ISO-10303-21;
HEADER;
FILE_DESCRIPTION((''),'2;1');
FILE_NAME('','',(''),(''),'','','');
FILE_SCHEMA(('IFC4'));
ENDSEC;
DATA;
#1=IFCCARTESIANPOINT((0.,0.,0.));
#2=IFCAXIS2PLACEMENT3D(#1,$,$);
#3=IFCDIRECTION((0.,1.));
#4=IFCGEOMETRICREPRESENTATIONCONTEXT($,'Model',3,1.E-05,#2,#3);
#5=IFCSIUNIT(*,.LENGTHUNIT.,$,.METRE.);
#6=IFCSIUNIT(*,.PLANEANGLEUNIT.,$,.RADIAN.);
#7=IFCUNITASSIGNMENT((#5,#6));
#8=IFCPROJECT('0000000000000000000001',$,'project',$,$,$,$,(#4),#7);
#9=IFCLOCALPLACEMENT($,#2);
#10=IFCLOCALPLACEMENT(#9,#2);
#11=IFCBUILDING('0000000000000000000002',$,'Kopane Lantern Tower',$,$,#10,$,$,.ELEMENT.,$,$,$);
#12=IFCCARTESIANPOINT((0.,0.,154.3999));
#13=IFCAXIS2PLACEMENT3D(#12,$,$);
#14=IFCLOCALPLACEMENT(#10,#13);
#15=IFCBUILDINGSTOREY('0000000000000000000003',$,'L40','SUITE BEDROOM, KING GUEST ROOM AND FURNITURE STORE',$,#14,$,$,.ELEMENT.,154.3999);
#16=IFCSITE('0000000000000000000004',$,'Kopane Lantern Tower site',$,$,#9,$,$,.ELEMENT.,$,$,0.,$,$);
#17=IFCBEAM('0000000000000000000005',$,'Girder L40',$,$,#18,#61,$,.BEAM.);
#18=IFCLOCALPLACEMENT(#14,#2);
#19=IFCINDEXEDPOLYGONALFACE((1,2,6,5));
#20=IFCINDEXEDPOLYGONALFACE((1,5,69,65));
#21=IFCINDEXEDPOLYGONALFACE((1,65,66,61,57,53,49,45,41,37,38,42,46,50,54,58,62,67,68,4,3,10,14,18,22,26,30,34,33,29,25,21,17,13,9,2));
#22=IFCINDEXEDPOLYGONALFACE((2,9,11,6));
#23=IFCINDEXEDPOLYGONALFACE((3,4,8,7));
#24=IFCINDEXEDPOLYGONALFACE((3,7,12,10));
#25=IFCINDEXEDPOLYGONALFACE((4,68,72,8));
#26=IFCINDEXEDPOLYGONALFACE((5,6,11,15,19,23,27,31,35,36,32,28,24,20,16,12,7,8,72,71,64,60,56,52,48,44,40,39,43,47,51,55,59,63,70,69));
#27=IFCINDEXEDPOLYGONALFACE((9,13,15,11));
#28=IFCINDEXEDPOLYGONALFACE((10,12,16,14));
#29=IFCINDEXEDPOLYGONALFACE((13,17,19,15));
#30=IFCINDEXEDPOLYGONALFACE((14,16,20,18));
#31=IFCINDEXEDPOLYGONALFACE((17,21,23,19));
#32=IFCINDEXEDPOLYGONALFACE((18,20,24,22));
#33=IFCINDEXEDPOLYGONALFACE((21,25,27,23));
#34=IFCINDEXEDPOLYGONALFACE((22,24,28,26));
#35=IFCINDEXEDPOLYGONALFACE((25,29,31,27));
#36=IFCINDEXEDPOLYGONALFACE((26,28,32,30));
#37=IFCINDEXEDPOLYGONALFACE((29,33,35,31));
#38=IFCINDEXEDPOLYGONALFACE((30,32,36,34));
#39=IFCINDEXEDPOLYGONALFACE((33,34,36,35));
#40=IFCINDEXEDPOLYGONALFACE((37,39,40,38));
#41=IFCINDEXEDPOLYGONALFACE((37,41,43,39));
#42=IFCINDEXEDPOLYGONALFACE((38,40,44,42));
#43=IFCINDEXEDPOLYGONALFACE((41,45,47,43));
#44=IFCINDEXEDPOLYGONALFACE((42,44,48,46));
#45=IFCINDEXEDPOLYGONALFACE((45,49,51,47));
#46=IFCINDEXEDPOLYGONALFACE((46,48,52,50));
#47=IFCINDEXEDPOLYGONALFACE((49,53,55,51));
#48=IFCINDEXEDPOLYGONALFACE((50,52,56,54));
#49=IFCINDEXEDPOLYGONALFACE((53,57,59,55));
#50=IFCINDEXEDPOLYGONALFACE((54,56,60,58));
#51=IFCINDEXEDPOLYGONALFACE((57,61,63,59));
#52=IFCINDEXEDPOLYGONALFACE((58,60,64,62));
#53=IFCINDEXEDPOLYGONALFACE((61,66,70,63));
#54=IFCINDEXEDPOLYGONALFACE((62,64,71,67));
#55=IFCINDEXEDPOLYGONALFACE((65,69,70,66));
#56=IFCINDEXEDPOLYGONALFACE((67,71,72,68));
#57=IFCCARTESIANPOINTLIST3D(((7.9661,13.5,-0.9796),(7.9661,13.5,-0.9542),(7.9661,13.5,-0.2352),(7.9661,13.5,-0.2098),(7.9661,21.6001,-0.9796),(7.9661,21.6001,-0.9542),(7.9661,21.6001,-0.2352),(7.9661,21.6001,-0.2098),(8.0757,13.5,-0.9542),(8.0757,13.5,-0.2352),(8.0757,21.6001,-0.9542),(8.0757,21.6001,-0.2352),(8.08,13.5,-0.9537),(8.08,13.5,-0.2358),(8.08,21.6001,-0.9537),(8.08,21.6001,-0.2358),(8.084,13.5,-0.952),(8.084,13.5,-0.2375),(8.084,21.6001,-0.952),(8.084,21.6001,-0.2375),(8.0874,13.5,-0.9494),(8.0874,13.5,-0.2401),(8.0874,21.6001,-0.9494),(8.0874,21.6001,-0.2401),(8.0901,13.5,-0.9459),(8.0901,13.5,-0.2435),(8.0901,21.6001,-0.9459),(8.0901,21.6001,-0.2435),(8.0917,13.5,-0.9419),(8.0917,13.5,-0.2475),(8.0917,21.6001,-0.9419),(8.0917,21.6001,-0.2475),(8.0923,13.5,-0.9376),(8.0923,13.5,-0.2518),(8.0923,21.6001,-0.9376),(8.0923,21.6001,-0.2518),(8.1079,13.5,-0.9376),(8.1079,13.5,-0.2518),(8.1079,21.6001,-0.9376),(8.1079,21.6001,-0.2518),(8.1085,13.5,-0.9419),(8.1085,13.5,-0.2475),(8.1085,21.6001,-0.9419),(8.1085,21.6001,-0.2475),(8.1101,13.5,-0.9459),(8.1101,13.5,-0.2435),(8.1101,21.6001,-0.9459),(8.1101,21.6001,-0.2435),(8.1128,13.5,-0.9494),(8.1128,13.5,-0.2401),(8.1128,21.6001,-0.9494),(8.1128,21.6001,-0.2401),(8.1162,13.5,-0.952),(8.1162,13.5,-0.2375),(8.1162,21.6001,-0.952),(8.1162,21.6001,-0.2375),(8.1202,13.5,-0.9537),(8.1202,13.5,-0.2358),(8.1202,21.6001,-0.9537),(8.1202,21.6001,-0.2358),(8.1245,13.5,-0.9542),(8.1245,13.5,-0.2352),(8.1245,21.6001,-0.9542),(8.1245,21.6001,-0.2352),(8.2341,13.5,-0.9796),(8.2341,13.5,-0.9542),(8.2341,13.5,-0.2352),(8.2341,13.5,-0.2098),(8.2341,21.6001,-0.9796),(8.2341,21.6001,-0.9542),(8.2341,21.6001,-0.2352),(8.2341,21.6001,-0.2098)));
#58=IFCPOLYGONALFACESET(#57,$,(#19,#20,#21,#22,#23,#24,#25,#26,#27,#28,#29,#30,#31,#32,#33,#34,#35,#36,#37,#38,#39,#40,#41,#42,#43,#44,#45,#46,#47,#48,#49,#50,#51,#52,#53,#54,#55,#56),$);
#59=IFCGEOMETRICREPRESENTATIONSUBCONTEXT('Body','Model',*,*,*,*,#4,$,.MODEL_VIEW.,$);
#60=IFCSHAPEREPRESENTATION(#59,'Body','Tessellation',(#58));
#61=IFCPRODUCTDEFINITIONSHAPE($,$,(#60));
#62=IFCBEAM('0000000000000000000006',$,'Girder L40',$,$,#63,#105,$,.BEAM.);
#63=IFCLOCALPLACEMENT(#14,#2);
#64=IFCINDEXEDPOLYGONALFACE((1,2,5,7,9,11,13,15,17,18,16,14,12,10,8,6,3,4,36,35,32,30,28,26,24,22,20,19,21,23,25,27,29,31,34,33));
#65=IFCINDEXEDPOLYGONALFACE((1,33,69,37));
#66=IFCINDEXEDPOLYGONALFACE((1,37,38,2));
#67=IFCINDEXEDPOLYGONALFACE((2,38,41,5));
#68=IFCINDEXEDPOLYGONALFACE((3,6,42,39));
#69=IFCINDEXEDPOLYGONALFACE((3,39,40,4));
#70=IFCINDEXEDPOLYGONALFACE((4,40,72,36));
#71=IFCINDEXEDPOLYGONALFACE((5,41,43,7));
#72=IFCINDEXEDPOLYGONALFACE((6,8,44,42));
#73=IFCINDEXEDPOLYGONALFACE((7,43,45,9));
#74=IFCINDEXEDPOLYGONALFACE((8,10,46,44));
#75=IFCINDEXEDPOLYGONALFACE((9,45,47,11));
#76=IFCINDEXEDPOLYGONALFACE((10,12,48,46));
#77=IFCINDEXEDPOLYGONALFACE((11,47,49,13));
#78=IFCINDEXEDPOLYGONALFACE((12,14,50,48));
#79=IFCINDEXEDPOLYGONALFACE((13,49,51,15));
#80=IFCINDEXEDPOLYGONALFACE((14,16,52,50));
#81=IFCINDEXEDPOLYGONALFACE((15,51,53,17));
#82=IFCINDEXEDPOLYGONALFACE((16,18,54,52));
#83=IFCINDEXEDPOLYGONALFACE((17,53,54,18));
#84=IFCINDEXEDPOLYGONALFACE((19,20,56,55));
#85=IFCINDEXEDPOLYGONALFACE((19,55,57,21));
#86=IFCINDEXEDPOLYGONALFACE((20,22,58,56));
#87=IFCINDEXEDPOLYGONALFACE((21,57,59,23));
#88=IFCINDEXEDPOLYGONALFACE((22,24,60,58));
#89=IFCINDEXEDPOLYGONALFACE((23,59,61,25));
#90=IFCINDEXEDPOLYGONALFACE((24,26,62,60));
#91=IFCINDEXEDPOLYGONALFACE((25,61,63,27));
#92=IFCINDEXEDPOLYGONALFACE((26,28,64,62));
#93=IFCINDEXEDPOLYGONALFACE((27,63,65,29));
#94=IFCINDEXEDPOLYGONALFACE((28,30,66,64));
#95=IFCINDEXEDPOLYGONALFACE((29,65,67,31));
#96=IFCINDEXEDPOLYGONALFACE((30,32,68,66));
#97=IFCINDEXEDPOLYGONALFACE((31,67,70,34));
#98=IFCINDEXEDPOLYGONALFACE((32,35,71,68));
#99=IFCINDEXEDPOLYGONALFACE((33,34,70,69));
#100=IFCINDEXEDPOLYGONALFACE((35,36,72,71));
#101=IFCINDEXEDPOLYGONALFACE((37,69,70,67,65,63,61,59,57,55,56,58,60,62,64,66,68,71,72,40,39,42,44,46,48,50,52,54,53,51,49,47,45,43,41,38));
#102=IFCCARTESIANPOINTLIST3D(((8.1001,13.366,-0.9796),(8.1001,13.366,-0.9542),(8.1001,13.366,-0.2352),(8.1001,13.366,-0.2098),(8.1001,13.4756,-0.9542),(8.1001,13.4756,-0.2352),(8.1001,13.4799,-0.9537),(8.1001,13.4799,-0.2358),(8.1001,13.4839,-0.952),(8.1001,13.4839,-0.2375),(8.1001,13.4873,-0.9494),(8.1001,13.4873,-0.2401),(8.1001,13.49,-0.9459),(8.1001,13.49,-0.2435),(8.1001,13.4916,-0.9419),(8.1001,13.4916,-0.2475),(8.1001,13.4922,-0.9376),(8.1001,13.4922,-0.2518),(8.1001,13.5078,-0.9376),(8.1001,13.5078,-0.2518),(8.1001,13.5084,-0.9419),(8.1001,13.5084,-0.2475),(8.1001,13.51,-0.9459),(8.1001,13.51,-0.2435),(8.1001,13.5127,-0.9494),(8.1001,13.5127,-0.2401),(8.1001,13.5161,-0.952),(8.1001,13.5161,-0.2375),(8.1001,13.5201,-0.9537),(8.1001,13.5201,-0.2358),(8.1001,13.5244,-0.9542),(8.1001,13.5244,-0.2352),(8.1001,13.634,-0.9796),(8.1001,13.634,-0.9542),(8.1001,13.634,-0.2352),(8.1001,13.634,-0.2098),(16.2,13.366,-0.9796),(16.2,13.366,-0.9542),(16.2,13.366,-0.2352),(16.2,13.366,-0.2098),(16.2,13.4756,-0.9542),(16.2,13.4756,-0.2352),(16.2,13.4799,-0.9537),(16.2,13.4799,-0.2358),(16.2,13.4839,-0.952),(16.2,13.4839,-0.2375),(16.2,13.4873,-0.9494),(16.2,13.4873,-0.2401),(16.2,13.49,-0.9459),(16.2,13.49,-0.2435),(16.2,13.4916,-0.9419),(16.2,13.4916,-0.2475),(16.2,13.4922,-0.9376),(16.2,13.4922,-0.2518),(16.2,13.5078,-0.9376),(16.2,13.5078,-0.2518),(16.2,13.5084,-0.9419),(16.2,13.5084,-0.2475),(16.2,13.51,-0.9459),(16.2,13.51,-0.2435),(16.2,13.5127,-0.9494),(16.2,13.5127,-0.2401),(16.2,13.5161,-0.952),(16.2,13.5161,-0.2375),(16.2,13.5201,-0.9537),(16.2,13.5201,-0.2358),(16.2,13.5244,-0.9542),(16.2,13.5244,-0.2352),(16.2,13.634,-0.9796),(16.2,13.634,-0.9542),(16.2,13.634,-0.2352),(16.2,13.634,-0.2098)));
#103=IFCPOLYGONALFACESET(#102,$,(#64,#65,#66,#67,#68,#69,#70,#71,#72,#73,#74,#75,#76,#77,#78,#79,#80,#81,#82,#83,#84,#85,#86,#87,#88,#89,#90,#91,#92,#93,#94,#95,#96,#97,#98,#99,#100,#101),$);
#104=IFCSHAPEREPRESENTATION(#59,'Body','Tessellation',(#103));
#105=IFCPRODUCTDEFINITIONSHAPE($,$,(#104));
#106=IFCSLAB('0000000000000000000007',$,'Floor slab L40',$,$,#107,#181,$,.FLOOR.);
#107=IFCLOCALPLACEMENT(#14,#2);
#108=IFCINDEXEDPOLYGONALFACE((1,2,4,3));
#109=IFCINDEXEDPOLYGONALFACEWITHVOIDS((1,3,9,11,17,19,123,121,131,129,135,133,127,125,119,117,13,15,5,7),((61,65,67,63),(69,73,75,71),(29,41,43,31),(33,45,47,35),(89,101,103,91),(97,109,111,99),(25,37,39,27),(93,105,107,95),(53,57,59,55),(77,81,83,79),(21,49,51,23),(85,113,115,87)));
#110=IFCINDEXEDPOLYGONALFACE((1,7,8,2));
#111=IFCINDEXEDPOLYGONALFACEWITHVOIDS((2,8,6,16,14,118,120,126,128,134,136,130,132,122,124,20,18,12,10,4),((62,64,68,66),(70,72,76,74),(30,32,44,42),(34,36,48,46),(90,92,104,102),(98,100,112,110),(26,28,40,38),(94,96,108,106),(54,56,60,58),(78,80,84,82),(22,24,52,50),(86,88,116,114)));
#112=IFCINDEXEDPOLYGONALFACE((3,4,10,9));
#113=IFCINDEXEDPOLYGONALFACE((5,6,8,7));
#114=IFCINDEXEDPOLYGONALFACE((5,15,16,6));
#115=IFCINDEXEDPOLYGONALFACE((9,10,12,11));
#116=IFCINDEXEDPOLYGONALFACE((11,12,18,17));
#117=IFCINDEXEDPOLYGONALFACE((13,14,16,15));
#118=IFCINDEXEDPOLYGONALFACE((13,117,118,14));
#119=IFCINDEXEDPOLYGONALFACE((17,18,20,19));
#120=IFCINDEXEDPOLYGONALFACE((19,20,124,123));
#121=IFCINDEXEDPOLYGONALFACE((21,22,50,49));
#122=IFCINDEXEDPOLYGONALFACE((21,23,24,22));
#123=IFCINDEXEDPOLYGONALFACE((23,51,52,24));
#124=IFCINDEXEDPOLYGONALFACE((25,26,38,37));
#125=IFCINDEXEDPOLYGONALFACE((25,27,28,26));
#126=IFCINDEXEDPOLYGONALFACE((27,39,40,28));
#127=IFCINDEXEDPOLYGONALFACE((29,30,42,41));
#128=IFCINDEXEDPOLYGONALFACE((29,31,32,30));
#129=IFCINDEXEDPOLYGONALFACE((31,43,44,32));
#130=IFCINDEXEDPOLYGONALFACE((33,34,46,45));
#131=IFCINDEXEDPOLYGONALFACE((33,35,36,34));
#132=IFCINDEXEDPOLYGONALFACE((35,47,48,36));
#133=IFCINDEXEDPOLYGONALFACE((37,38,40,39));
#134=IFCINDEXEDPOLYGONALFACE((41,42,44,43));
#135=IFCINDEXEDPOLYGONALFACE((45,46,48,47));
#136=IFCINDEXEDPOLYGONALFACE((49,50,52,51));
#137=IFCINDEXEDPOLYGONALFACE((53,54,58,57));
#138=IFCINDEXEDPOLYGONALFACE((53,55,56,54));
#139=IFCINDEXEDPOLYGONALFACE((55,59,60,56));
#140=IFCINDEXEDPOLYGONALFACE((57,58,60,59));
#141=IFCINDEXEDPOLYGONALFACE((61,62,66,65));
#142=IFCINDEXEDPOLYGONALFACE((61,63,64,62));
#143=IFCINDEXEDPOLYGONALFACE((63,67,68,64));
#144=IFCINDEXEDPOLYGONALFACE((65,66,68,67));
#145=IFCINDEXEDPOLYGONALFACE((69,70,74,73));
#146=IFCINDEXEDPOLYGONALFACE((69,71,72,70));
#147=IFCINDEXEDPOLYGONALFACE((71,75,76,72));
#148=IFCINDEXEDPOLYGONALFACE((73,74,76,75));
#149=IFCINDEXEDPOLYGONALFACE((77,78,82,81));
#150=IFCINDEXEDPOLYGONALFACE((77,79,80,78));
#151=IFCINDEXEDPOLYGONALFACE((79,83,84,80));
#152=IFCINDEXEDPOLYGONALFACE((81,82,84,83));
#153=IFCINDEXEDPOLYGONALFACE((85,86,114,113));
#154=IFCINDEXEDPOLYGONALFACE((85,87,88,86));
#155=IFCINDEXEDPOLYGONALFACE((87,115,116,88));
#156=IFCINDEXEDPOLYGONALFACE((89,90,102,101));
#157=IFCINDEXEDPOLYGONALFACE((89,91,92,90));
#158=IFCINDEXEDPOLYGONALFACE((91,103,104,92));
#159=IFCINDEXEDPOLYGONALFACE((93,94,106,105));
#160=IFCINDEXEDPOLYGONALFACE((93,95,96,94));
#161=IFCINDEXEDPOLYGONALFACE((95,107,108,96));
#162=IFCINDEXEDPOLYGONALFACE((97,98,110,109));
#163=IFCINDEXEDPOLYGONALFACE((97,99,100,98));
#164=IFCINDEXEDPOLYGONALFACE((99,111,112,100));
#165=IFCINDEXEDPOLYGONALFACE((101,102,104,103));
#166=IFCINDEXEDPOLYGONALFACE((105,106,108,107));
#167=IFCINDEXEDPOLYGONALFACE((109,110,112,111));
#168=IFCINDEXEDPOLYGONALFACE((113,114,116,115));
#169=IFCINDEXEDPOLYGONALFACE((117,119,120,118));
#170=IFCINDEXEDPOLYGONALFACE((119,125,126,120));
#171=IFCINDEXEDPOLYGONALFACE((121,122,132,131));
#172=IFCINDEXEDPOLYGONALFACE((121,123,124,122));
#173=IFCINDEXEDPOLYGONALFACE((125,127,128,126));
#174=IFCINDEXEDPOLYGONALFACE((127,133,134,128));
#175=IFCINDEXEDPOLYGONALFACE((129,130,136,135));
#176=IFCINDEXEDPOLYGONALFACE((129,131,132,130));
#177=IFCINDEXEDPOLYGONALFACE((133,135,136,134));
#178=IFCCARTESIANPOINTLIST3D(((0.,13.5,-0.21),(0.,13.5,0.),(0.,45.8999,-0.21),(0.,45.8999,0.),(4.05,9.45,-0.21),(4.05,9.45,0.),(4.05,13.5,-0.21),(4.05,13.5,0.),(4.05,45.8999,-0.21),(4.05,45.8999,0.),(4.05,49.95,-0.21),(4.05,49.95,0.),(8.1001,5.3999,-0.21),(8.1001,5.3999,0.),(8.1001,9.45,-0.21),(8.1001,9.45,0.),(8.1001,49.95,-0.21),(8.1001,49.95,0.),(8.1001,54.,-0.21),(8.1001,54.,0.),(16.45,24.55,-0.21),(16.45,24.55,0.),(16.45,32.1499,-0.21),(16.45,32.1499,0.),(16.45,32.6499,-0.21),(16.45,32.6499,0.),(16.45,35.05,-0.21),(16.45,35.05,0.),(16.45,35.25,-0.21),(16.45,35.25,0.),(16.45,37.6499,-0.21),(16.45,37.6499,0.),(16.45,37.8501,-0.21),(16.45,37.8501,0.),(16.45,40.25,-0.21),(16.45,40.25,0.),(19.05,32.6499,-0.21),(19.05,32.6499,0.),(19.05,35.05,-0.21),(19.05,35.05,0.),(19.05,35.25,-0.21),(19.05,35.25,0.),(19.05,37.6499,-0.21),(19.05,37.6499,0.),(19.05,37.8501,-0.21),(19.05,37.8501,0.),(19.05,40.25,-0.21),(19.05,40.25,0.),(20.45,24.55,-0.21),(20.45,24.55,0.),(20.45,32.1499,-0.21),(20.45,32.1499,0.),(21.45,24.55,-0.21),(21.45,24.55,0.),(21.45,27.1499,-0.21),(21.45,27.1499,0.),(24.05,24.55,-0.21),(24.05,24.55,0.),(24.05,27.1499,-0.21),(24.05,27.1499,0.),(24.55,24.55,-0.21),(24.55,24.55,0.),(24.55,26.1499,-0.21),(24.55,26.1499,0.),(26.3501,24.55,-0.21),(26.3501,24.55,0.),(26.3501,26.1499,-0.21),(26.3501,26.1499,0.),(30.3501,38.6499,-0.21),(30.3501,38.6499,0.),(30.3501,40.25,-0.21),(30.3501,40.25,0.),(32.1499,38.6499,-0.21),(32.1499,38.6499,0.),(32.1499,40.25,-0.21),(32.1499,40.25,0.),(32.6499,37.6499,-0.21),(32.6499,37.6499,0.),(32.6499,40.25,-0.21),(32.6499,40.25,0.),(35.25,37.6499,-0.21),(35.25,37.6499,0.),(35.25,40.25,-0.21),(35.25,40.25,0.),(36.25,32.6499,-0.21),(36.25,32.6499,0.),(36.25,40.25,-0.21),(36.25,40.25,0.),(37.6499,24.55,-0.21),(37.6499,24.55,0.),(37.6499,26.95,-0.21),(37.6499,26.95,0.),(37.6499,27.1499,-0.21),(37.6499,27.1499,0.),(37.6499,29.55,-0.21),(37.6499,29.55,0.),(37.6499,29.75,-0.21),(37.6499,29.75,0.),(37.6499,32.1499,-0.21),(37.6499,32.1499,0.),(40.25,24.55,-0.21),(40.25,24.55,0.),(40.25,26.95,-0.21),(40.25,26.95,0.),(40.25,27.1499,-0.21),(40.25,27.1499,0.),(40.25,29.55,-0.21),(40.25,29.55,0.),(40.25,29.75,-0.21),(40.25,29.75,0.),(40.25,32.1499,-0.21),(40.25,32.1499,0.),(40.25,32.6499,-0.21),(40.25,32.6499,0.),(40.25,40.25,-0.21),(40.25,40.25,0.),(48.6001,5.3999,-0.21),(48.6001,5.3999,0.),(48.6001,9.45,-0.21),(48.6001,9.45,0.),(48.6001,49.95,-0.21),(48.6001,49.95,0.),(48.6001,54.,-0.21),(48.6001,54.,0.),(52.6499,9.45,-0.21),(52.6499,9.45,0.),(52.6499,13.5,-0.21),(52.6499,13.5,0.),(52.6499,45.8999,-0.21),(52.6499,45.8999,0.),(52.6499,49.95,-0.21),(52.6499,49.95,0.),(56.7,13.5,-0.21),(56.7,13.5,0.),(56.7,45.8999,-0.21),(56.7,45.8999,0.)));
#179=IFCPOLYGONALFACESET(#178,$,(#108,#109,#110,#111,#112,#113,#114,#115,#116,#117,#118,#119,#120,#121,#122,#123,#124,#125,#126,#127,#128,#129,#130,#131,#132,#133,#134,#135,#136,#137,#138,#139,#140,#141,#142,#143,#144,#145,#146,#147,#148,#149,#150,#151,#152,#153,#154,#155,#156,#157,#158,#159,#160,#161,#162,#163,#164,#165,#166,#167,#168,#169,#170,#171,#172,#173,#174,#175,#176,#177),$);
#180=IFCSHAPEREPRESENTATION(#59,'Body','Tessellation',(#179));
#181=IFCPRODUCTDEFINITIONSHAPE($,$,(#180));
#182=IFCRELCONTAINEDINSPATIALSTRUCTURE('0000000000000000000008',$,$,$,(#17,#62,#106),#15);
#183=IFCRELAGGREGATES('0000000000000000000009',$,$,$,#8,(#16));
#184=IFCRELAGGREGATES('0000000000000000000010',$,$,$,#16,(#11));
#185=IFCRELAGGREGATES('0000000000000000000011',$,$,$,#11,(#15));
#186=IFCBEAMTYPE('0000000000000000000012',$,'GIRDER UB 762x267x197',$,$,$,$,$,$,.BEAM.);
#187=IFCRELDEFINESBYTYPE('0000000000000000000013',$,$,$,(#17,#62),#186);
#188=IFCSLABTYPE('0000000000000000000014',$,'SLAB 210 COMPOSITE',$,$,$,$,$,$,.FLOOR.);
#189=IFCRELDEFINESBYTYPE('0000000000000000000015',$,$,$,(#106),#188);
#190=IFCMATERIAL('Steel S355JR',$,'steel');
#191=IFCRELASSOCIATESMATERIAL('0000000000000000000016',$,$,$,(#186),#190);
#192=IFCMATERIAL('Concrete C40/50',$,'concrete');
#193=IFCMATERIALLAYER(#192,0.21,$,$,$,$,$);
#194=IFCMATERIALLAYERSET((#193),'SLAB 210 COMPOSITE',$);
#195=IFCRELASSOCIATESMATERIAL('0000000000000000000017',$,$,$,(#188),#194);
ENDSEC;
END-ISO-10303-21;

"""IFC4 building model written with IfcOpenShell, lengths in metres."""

from ifc_helpers import new_model, si_unit, direction, frame, origin, origin_2d, place, context, subcontext, project, spatial, polyline, i_section, outline, extrude, material, layer, layer_set, material_profile, profile_set, type_object, element, save


model = new_model("IFC4")

# Units and contexts
model_context = context("Model", 3, precision=1e-05, world=origin(), true_north=direction((0.0, 1.0)))
body_context = subcontext(model_context, "Body", "Model", "MODEL_VIEW")
ifc_project = project(units=[si_unit("LENGTHUNIT", "METRE"), si_unit("PLANEANGLEUNIT", "RADIAN")], contexts=[model_context])

# Site, building, storey
site_placement = place(None, origin())
site = spatial("IfcSite", under=ifc_project, at=site_placement, Name="Kopane Lantern Tower site", CompositionType="ELEMENT", RefElevation=0.0)
building_placement = place(site_placement, origin())
building = spatial("IfcBuilding", under=site, at=building_placement, Name="Kopane Lantern Tower", CompositionType="ELEMENT")
storey_placement = place(building_placement, frame((0.0, 0.0, 154.3999)))
storey = spatial("IfcBuildingStorey", under=building, at=storey_placement, Name="L40", Description="SUITE BEDROOM, KING GUEST ROOM AND FURNITURE STORE", CompositionType="ELEMENT", Elevation=154.3999)

# Beams
ifc_material_1 = material(Name="Steel S355JR", Category="steel")
ifc_material_profile_1 = material_profile(ifc_material_1, i_section(OverallWidth=0.2681, OverallDepth=0.7698, WebThickness=0.0156, FlangeThickness=0.0254, FilletRadius=0.0166, at=origin_2d()), Name="UB 762x267x197")
ifc_profile_set_1 = profile_set([ifc_material_profile_1], Name="Steel S355JR")
beam_type_1 = type_object("IfcBeamType", Name="GIRDER UB 762x267x197", PredefinedType="BEAM", material=ifc_profile_set_1)
beam_1_placement = place(storey_placement, frame((8.1001, 13.5, -0.5947), z_axis=(0.0, 1.0, 0.0), x_axis=(-1.0, 0.0, 0.0)))
element("IfcBeam", 1, at=beam_1_placement, inside=storey, type_object=beam_type_1, Name="Girder L40", PredefinedType="BEAM", context=body_context, shape_type="SweptSolid", body=[
    extrude(i_section(OverallWidth=0.2681, OverallDepth=0.7698, WebThickness=0.0156, FlangeThickness=0.0254, FilletRadius=0.0166, at=origin_2d()), origin(), (0.0, 0.0, 1.0), 8.1001),
])
beam_2_placement = place(storey_placement, frame((8.1001, 13.5, -0.5947), z_axis=(1.0, 0.0, 0.0), x_axis=(0.0, 1.0, 0.0)))
element("IfcBeam", 2, at=beam_2_placement, inside=storey, type_object=beam_type_1, Name="Girder L40", PredefinedType="BEAM", context=body_context, shape_type="SweptSolid", body=[
    extrude(i_section(OverallWidth=0.2681, OverallDepth=0.7698, WebThickness=0.0156, FlangeThickness=0.0254, FilletRadius=0.0166, at=origin_2d()), origin(), (0.0, 0.0, 1.0), 8.0999),
])

# Slab
ifc_material_2 = material(Name="Concrete C40/50", Category="concrete")
ifc_layer_1 = layer(ifc_material_2, 0.21)
ifc_layer_set_1 = layer_set([ifc_layer_1], Name="SLAB 210 COMPOSITE")
slab_type_1 = type_object("IfcSlabType", Name="SLAB 210 COMPOSITE", PredefinedType="FLOOR", material=ifc_layer_set_1)
slab_1_placement = place(storey_placement, frame((0.0, 0.0, -0.21)))
element("IfcSlab", 3, at=slab_1_placement, inside=storey, type_object=slab_type_1, Name="Floor slab L40", PredefinedType="FLOOR", context=body_context, shape_type="SweptSolid", body=[
    extrude(outline(polyline([(8.1001, 5.3999), (48.6001, 5.3999), (48.6001, 9.45), (52.6499, 9.45), (52.6499, 13.5), (56.7, 13.5), (56.7, 45.8999), (52.6499, 45.8999), (52.6499, 49.95), (48.6001, 49.95), (48.6001, 54.0), (8.1001, 54.0), (8.1001, 49.95), (4.05, 49.95), (4.05, 45.8999), (0.0, 45.8999), (0.0, 13.5), (4.05, 13.5), (4.05, 9.45), (8.1001, 9.45), (8.1001, 5.3999)]), holes=[polyline([(16.45, 24.55), (20.45, 24.55), (20.45, 32.1499), (16.45, 32.1499), (16.45, 24.55)]), polyline([(36.25, 32.6499), (40.25, 32.6499), (40.25, 40.25), (36.25, 40.25), (36.25, 32.6499)]), polyline([(16.45, 32.6499), (19.05, 32.6499), (19.05, 35.05), (16.45, 35.05), (16.45, 32.6499)]), polyline([(16.45, 35.25), (19.05, 35.25), (19.05, 37.6499), (16.45, 37.6499), (16.45, 35.25)]), polyline([(16.45, 37.8501), (19.05, 37.8501), (19.05, 40.25), (16.45, 40.25), (16.45, 37.8501)]), polyline([(37.6499, 24.55), (40.25, 24.55), (40.25, 26.95), (37.6499, 26.95), (37.6499, 24.55)]), polyline([(37.6499, 27.1499), (40.25, 27.1499), (40.25, 29.55), (37.6499, 29.55), (37.6499, 27.1499)]), polyline([(37.6499, 29.75), (40.25, 29.75), (40.25, 32.1499), (37.6499, 32.1499), (37.6499, 29.75)]), polyline([(21.45, 24.55), (24.05, 24.55), (24.05, 27.1499), (21.45, 27.1499), (21.45, 24.55)]), polyline([(32.6499, 37.6499), (35.25, 37.6499), (35.25, 40.25), (32.6499, 40.25), (32.6499, 37.6499)]), polyline([(24.55, 24.55), (26.3501, 24.55), (26.3501, 26.1499), (24.55, 26.1499), (24.55, 24.55)]), polyline([(30.3501, 38.6499), (32.1499, 38.6499), (32.1499, 40.25), (30.3501, 40.25), (30.3501, 38.6499)])]), origin(), (0.0, 0.0, 1.0), 0.21),
])

save(model, "model.ifc")
